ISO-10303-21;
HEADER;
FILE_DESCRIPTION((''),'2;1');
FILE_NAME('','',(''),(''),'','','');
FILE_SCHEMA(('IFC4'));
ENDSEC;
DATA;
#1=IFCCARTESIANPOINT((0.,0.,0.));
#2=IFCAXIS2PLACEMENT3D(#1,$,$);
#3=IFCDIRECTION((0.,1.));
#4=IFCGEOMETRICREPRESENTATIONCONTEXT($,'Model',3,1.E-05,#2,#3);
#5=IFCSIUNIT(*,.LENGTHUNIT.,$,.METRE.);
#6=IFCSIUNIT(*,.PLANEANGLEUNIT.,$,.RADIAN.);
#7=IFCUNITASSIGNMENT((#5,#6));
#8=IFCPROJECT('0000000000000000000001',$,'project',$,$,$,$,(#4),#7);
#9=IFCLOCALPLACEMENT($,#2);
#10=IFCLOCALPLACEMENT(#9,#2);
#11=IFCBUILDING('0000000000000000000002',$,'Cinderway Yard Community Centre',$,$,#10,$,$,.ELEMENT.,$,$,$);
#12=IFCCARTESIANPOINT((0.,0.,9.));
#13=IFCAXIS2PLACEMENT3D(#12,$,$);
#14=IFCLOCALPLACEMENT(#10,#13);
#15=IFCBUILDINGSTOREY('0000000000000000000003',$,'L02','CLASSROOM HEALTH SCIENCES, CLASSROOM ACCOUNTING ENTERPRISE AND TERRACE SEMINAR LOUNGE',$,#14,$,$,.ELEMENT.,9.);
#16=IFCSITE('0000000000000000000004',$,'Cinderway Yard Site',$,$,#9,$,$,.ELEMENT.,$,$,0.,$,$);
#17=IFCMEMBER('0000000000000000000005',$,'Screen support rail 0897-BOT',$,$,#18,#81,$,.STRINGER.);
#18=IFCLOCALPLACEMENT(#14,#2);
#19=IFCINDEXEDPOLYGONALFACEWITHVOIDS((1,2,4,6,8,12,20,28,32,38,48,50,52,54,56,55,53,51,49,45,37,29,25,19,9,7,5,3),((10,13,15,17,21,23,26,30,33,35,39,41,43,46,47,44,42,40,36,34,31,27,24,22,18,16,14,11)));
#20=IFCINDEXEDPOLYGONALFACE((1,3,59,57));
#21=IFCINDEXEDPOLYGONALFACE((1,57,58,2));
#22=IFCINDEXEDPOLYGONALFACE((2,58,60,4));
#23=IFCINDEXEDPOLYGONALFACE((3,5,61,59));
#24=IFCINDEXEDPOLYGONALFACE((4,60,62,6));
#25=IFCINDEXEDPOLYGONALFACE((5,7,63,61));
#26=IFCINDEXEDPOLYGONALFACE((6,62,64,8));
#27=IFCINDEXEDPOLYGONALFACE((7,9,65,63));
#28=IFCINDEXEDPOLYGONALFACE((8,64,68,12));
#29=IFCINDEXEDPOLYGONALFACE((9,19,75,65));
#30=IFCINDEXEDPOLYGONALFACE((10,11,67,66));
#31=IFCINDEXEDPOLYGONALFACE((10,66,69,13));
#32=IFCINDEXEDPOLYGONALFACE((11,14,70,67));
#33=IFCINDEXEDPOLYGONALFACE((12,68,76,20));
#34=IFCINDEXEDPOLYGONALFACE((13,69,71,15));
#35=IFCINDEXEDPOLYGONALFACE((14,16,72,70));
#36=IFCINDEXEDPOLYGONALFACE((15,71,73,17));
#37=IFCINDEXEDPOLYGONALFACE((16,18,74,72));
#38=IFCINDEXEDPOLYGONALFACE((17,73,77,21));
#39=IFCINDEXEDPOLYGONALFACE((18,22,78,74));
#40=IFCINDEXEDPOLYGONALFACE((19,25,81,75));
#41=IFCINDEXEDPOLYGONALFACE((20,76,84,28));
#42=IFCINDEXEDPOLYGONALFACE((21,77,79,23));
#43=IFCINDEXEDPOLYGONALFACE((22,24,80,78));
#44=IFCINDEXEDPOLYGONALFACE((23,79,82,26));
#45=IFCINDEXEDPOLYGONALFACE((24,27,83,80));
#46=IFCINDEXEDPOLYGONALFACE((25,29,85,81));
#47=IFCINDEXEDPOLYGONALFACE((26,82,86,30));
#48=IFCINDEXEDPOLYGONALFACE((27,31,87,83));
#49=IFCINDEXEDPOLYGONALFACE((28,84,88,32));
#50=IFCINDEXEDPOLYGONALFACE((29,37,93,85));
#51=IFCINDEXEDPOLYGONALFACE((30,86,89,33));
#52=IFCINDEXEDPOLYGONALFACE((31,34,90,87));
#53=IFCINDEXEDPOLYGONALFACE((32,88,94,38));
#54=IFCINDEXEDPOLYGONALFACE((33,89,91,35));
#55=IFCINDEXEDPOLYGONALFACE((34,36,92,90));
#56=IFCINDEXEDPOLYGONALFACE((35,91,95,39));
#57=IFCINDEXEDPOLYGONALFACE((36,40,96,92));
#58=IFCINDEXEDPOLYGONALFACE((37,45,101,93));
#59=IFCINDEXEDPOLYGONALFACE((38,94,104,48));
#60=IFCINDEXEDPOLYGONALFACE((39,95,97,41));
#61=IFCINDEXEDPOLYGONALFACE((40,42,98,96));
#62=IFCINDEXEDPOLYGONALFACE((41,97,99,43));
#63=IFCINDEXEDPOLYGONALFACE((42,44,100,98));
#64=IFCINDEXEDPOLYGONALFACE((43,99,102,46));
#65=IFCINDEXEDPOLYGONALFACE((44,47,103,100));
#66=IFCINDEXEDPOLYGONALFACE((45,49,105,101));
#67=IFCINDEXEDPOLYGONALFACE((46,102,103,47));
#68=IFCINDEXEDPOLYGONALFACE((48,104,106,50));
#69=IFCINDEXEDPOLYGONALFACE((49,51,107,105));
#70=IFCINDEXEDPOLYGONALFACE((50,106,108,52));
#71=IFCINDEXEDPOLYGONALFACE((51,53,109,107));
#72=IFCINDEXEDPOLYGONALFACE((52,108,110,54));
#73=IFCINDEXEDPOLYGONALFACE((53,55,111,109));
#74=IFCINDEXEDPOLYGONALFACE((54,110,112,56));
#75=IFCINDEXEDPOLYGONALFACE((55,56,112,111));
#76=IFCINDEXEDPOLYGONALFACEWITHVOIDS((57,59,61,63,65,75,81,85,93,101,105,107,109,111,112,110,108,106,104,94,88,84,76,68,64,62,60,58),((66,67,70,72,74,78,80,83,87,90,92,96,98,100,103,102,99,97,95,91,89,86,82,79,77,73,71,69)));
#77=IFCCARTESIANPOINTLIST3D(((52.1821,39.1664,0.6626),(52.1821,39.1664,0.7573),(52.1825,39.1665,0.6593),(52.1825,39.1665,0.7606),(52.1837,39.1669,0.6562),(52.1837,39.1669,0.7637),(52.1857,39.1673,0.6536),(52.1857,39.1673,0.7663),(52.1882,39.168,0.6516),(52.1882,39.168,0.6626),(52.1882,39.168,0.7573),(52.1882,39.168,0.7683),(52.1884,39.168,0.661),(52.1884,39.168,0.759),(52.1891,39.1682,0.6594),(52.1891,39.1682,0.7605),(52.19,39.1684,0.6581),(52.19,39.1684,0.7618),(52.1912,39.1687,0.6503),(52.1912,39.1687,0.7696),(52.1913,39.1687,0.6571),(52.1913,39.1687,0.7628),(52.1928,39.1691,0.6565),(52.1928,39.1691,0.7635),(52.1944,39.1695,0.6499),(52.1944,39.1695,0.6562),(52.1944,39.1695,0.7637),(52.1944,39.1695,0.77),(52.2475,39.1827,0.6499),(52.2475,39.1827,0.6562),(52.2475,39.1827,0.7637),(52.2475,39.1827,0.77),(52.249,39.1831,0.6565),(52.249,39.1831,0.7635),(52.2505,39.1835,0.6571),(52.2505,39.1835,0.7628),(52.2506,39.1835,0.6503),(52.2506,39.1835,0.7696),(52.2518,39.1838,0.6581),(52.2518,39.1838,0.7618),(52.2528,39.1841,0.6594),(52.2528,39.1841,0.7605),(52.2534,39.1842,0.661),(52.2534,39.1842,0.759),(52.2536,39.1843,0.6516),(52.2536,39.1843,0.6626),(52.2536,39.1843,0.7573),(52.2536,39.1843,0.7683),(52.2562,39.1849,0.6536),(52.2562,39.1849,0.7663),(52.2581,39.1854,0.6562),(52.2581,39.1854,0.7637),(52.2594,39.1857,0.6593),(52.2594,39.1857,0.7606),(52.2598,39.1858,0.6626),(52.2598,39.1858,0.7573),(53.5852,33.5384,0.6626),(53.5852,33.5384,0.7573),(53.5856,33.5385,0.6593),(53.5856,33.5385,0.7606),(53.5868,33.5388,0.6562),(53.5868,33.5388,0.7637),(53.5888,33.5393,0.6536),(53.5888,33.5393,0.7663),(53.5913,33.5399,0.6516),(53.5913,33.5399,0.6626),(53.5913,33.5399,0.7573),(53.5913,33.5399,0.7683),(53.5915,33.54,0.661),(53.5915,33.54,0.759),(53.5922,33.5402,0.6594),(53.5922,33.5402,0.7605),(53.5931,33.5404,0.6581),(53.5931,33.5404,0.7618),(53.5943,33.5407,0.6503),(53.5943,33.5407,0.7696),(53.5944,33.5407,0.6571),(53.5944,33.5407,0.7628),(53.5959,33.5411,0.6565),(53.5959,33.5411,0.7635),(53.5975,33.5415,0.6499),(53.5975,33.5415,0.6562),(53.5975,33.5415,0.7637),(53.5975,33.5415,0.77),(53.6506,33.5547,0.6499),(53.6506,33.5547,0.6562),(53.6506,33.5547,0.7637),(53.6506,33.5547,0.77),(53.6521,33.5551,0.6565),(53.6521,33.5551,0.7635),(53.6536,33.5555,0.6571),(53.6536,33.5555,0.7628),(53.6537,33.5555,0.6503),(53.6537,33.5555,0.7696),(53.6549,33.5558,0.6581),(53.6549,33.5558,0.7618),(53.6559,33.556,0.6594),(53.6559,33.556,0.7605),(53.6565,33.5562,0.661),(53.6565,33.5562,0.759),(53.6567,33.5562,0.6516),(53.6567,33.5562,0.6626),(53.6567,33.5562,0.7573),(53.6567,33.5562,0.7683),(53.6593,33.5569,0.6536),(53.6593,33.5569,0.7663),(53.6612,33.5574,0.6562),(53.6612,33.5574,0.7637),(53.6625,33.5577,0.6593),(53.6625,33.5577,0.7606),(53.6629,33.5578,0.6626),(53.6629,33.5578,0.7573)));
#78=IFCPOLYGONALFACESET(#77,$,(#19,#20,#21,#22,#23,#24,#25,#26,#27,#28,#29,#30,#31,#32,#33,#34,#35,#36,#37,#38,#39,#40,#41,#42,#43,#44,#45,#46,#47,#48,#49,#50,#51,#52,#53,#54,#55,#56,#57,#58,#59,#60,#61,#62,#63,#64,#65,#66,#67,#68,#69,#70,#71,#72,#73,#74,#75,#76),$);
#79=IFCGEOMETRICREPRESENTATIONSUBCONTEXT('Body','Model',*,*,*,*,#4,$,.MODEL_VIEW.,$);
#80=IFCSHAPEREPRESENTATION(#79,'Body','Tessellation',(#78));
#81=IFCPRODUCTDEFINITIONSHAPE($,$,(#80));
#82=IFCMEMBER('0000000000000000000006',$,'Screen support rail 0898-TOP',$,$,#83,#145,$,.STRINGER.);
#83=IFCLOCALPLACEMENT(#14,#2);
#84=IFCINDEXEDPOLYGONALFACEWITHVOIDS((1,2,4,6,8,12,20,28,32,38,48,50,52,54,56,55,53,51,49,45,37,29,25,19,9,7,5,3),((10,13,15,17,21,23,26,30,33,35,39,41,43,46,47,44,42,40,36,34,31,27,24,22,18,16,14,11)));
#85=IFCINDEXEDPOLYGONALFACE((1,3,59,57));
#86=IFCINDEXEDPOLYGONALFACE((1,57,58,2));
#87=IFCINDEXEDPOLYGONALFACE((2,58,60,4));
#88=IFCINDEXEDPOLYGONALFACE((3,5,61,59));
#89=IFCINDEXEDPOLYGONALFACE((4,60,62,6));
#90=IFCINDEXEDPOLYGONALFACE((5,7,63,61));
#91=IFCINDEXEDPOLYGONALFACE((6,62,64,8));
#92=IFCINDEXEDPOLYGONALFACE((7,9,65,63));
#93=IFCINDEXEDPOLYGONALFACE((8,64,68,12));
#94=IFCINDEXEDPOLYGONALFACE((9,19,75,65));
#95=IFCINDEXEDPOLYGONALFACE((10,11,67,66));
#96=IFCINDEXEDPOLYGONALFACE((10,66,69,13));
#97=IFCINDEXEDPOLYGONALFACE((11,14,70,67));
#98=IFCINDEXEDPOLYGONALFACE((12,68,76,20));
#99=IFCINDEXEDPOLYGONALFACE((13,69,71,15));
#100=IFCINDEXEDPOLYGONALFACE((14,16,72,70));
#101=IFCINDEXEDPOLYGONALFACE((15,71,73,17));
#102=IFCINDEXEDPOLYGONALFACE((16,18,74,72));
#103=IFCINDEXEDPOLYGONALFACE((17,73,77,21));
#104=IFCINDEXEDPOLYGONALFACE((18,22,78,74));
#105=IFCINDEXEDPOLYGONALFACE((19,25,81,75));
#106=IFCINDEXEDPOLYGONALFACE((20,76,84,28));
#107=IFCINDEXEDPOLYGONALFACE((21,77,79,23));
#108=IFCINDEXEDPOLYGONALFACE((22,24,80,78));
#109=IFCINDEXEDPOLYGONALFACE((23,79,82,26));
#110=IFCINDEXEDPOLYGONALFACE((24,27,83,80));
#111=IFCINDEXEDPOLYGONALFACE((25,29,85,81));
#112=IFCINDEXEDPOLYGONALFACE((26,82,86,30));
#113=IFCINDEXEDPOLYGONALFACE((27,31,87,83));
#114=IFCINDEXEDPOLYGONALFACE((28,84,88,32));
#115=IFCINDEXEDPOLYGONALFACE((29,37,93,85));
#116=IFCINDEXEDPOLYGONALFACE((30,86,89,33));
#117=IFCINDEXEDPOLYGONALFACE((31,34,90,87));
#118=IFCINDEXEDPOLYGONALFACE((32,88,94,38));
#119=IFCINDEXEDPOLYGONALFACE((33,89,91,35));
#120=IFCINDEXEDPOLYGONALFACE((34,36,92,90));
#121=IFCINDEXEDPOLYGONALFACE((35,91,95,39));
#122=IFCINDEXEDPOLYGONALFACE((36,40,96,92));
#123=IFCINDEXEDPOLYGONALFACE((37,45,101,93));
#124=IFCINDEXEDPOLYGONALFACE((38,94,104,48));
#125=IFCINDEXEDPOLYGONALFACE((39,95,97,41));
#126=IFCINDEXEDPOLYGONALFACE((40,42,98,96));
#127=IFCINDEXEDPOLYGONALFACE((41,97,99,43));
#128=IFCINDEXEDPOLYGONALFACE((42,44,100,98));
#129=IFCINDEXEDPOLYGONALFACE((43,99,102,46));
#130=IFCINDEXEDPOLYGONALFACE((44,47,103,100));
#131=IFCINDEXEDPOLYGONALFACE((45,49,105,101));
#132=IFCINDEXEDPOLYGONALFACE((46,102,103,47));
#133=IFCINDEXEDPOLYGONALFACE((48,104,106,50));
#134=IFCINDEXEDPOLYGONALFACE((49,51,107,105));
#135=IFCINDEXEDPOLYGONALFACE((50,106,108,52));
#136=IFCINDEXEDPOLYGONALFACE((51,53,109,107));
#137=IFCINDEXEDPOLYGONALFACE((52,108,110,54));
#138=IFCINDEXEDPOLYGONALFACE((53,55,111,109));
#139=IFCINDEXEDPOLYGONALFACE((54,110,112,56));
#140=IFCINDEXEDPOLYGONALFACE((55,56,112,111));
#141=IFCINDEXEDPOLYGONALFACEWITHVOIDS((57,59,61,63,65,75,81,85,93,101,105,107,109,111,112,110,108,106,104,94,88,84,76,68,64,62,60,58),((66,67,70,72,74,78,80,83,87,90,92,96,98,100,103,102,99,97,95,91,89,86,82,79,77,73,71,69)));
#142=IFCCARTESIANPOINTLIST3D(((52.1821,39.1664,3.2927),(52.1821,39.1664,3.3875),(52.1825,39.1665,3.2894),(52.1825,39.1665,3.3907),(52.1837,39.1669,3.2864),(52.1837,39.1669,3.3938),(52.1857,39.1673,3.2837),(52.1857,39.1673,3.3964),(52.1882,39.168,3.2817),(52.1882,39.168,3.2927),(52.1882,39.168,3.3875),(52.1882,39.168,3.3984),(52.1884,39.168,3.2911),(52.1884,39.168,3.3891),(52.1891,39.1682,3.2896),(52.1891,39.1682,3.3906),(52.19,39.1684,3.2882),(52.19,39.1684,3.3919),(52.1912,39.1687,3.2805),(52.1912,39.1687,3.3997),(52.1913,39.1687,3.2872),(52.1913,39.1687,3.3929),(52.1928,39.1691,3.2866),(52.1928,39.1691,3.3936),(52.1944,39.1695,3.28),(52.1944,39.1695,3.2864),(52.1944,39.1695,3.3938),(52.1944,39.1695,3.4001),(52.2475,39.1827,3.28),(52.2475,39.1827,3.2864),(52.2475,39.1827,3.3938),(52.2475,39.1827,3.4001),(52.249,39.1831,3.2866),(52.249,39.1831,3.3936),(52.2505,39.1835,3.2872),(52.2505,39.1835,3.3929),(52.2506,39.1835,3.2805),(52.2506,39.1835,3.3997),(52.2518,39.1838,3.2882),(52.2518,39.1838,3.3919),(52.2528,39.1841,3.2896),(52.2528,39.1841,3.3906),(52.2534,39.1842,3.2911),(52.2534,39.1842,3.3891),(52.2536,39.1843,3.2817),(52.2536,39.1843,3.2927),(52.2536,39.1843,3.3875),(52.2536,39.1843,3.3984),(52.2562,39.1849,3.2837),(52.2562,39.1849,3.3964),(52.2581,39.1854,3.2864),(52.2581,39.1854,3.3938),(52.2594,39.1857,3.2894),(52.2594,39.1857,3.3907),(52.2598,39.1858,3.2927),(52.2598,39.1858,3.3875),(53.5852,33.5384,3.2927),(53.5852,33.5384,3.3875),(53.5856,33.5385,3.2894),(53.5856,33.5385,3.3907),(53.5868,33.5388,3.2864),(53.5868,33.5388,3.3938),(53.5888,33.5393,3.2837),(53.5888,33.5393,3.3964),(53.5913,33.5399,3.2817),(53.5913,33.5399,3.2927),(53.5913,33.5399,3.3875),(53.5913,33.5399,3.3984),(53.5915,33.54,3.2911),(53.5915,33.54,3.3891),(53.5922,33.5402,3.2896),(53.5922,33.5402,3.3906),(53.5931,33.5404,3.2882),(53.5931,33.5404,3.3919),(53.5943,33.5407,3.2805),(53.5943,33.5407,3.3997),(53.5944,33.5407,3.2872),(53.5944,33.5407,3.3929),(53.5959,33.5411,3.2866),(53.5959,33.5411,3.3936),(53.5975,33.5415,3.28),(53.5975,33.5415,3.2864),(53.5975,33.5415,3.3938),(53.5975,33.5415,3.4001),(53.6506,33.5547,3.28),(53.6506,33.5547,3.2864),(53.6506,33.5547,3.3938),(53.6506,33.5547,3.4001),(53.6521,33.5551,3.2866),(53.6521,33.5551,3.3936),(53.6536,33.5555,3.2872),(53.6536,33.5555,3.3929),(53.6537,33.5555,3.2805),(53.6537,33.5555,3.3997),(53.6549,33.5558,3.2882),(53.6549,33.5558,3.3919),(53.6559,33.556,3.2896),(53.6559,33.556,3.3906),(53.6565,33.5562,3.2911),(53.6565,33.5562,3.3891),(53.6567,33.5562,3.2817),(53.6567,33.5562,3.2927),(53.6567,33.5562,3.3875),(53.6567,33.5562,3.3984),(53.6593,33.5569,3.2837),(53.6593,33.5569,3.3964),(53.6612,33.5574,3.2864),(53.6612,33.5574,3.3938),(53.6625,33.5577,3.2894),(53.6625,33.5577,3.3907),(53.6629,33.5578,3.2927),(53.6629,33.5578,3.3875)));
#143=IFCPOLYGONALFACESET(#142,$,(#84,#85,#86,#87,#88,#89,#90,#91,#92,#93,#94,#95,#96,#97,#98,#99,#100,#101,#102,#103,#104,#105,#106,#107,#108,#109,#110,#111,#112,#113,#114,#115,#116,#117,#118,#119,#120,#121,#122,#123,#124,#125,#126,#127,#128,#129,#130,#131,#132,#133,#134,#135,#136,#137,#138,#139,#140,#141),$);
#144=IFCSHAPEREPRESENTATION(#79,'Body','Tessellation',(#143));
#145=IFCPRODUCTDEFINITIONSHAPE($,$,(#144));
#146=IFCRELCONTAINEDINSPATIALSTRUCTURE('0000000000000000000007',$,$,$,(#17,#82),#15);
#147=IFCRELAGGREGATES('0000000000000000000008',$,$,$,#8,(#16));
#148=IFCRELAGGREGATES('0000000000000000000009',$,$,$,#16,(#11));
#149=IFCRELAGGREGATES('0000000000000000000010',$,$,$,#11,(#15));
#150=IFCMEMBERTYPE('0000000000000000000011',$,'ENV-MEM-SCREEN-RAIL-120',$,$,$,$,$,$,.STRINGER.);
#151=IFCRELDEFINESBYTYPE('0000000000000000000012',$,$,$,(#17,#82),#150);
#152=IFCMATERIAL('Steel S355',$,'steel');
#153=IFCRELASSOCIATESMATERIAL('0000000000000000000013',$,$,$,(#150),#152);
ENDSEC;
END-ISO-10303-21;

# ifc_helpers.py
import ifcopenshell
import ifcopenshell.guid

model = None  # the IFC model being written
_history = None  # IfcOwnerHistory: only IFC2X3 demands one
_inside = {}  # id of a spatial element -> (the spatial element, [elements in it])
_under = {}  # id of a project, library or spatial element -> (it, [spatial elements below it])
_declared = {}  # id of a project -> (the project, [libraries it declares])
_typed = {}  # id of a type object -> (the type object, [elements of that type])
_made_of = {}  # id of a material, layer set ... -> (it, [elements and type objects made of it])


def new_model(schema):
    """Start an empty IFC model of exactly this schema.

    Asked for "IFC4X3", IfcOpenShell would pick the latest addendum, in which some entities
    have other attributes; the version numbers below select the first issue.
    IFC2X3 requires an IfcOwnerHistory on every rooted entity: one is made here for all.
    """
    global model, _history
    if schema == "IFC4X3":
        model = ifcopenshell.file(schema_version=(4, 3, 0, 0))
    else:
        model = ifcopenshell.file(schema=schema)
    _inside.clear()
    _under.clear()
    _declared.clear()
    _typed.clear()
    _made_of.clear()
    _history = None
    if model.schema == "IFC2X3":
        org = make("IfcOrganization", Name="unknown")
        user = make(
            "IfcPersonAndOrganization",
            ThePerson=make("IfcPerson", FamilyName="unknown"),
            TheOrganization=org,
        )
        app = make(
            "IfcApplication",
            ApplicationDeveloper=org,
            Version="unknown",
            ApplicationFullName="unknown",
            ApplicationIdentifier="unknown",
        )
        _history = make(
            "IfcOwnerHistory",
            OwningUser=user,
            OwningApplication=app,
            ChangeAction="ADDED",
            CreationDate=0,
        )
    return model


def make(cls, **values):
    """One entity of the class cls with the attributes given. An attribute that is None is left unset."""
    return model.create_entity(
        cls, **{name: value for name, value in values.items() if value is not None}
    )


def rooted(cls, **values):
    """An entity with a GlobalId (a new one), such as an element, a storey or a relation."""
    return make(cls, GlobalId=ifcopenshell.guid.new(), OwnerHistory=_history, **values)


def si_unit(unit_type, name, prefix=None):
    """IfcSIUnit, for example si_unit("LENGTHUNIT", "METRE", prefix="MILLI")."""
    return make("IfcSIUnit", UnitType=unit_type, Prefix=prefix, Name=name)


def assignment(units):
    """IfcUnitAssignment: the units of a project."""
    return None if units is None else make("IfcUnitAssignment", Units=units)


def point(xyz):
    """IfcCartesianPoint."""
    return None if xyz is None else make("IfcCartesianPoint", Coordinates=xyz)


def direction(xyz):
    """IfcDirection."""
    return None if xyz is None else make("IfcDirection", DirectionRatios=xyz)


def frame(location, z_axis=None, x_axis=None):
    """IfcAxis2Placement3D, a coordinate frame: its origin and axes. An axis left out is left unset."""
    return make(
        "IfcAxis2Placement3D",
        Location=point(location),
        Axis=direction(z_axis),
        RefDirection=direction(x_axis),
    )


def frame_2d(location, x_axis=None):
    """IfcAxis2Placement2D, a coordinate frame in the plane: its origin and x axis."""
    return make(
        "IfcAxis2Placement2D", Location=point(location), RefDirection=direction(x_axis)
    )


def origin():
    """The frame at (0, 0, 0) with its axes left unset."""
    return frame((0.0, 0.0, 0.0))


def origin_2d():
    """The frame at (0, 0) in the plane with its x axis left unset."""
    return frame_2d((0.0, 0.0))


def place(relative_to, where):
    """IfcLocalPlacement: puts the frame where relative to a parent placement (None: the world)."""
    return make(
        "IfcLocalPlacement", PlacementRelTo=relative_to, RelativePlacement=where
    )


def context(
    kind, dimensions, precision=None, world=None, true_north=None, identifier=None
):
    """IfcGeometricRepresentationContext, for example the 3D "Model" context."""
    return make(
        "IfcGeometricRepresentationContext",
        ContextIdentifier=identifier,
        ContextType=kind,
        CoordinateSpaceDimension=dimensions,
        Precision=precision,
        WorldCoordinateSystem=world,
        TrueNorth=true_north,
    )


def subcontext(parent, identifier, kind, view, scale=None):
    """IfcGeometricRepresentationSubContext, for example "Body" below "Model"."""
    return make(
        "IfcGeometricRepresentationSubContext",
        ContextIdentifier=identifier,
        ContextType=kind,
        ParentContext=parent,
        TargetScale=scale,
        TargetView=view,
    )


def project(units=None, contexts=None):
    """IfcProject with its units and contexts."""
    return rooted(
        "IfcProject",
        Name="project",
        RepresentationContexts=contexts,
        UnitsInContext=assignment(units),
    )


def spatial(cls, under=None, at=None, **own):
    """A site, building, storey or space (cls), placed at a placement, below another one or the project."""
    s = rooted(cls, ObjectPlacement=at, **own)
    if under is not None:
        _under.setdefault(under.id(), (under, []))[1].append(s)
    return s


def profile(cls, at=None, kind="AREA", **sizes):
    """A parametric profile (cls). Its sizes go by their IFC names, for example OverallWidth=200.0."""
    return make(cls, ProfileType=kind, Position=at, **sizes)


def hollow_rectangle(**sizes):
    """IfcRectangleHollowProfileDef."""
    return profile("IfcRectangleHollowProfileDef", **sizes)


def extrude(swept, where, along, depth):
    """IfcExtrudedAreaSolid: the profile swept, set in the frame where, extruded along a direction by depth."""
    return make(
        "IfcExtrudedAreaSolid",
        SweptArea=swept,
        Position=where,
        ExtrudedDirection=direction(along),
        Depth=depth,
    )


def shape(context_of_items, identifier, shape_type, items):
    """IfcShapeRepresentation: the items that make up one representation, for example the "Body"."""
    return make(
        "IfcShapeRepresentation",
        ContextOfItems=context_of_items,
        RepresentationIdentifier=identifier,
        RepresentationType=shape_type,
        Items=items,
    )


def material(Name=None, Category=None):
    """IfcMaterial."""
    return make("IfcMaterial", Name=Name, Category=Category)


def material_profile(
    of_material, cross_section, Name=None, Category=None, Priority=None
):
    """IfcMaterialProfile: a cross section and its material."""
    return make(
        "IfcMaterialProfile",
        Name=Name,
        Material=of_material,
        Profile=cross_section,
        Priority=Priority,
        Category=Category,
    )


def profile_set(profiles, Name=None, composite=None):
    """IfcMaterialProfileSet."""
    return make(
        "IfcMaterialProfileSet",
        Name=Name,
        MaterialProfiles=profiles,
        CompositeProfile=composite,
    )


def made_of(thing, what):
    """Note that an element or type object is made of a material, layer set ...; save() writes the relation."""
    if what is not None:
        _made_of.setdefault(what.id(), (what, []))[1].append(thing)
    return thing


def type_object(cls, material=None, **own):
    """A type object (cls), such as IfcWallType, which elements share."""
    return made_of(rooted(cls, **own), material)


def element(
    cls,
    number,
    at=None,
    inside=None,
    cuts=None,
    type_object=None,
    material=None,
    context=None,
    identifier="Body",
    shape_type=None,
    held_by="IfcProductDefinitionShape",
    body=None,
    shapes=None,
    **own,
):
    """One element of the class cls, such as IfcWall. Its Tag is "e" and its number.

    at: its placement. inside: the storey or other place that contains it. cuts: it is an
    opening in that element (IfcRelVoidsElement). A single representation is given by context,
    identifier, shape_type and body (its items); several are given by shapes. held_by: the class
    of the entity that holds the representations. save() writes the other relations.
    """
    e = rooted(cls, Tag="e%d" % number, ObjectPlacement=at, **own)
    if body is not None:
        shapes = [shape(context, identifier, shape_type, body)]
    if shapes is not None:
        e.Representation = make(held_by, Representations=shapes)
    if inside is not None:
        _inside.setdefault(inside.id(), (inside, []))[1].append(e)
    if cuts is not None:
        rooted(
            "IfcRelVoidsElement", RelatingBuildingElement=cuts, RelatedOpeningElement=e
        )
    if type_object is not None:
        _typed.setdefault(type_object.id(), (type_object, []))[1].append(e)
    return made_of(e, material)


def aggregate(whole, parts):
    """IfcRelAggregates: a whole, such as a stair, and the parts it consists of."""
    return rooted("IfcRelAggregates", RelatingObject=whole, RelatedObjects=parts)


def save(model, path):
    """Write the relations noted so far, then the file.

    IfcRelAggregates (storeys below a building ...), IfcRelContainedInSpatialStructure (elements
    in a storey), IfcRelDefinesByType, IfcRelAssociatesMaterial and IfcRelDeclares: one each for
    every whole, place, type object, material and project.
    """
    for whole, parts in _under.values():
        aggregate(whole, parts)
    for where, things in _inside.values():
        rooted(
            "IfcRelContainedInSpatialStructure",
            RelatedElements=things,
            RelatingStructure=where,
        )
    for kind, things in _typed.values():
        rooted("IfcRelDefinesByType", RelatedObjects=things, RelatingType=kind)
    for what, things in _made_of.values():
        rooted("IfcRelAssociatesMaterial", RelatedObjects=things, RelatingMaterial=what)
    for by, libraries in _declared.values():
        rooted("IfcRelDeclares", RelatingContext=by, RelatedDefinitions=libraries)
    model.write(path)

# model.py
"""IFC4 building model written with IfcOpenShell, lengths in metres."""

from ifc_helpers import new_model, si_unit, direction, frame, origin, origin_2d, place, context, subcontext, project, spatial, hollow_rectangle, extrude, material, material_profile, profile_set, type_object, element, save


model = new_model("IFC4")

# Units and contexts
model_context = context("Model", 3, precision=1e-05, world=origin(), true_north=direction((0.0, 1.0)))
body_context = subcontext(model_context, "Body", "Model", "MODEL_VIEW")
ifc_project = project(units=[si_unit("LENGTHUNIT", "METRE"), si_unit("PLANEANGLEUNIT", "RADIAN")], contexts=[model_context])

# Site, building, storey
site_placement = place(None, origin())
site = spatial("IfcSite", under=ifc_project, at=site_placement, Name="Cinderway Yard Site", CompositionType="ELEMENT", RefElevation=0.0)
building_placement = place(site_placement, origin())
building = spatial("IfcBuilding", under=site, at=building_placement, Name="Cinderway Yard Community Centre", CompositionType="ELEMENT")
storey_placement = place(building_placement, frame((0.0, 0.0, 9.0)))
storey = spatial("IfcBuildingStorey", under=building, at=storey_placement, Name="L02", Description="CLASSROOM HEALTH SCIENCES, CLASSROOM ACCOUNTING ENTERPRISE AND TERRACE SEMINAR LOUNGE", CompositionType="ELEMENT", Elevation=9.0)

# Members
ifc_material_1 = material(Name="Steel S355", Category="steel")
ifc_material_profile_1 = material_profile(ifc_material_1, hollow_rectangle(XDim=0.0801, YDim=0.1201, WallThickness=0.0063, InnerFilletRadius=0.0063, OuterFilletRadius=0.0127, at=origin_2d()), Name="Steel S355")
ifc_profile_set_1 = profile_set([ifc_material_profile_1], Name="Steel S355")
member_type_1 = type_object("IfcMemberType", Name="ENV-MEM-SCREEN-RAIL-120", PredefinedType="STRINGER", material=ifc_profile_set_1)
for number, where, z_axis, x_axis, name in (
    (1, (53.624, 33.5481, 0.71), (-0.241902, 0.970301, 0.0), (-0.970301, -0.241902, 0.0), "Screen support rail 0897-BOT"),
    (2, (53.624, 33.5481, 3.3401), (-0.241902, 0.970301, 0.0), (-0.970301, -0.241902, 0.0), "Screen support rail 0898-TOP"),
):
    element("IfcMember", number, at=place(storey_placement, frame(where, z_axis=z_axis, x_axis=x_axis)), inside=storey, type_object=member_type_1, Name=name, PredefinedType="STRINGER", context=body_context, shape_type="SweptSolid", body=[
        extrude(hollow_rectangle(XDim=0.0801, YDim=0.1201, WallThickness=0.0063, InnerFilletRadius=0.0063, OuterFilletRadius=0.0127, at=origin_2d()), origin(), (0.0, 0.0, 1.0), 5.8003),
    ])

save(model, "model.ifc")
